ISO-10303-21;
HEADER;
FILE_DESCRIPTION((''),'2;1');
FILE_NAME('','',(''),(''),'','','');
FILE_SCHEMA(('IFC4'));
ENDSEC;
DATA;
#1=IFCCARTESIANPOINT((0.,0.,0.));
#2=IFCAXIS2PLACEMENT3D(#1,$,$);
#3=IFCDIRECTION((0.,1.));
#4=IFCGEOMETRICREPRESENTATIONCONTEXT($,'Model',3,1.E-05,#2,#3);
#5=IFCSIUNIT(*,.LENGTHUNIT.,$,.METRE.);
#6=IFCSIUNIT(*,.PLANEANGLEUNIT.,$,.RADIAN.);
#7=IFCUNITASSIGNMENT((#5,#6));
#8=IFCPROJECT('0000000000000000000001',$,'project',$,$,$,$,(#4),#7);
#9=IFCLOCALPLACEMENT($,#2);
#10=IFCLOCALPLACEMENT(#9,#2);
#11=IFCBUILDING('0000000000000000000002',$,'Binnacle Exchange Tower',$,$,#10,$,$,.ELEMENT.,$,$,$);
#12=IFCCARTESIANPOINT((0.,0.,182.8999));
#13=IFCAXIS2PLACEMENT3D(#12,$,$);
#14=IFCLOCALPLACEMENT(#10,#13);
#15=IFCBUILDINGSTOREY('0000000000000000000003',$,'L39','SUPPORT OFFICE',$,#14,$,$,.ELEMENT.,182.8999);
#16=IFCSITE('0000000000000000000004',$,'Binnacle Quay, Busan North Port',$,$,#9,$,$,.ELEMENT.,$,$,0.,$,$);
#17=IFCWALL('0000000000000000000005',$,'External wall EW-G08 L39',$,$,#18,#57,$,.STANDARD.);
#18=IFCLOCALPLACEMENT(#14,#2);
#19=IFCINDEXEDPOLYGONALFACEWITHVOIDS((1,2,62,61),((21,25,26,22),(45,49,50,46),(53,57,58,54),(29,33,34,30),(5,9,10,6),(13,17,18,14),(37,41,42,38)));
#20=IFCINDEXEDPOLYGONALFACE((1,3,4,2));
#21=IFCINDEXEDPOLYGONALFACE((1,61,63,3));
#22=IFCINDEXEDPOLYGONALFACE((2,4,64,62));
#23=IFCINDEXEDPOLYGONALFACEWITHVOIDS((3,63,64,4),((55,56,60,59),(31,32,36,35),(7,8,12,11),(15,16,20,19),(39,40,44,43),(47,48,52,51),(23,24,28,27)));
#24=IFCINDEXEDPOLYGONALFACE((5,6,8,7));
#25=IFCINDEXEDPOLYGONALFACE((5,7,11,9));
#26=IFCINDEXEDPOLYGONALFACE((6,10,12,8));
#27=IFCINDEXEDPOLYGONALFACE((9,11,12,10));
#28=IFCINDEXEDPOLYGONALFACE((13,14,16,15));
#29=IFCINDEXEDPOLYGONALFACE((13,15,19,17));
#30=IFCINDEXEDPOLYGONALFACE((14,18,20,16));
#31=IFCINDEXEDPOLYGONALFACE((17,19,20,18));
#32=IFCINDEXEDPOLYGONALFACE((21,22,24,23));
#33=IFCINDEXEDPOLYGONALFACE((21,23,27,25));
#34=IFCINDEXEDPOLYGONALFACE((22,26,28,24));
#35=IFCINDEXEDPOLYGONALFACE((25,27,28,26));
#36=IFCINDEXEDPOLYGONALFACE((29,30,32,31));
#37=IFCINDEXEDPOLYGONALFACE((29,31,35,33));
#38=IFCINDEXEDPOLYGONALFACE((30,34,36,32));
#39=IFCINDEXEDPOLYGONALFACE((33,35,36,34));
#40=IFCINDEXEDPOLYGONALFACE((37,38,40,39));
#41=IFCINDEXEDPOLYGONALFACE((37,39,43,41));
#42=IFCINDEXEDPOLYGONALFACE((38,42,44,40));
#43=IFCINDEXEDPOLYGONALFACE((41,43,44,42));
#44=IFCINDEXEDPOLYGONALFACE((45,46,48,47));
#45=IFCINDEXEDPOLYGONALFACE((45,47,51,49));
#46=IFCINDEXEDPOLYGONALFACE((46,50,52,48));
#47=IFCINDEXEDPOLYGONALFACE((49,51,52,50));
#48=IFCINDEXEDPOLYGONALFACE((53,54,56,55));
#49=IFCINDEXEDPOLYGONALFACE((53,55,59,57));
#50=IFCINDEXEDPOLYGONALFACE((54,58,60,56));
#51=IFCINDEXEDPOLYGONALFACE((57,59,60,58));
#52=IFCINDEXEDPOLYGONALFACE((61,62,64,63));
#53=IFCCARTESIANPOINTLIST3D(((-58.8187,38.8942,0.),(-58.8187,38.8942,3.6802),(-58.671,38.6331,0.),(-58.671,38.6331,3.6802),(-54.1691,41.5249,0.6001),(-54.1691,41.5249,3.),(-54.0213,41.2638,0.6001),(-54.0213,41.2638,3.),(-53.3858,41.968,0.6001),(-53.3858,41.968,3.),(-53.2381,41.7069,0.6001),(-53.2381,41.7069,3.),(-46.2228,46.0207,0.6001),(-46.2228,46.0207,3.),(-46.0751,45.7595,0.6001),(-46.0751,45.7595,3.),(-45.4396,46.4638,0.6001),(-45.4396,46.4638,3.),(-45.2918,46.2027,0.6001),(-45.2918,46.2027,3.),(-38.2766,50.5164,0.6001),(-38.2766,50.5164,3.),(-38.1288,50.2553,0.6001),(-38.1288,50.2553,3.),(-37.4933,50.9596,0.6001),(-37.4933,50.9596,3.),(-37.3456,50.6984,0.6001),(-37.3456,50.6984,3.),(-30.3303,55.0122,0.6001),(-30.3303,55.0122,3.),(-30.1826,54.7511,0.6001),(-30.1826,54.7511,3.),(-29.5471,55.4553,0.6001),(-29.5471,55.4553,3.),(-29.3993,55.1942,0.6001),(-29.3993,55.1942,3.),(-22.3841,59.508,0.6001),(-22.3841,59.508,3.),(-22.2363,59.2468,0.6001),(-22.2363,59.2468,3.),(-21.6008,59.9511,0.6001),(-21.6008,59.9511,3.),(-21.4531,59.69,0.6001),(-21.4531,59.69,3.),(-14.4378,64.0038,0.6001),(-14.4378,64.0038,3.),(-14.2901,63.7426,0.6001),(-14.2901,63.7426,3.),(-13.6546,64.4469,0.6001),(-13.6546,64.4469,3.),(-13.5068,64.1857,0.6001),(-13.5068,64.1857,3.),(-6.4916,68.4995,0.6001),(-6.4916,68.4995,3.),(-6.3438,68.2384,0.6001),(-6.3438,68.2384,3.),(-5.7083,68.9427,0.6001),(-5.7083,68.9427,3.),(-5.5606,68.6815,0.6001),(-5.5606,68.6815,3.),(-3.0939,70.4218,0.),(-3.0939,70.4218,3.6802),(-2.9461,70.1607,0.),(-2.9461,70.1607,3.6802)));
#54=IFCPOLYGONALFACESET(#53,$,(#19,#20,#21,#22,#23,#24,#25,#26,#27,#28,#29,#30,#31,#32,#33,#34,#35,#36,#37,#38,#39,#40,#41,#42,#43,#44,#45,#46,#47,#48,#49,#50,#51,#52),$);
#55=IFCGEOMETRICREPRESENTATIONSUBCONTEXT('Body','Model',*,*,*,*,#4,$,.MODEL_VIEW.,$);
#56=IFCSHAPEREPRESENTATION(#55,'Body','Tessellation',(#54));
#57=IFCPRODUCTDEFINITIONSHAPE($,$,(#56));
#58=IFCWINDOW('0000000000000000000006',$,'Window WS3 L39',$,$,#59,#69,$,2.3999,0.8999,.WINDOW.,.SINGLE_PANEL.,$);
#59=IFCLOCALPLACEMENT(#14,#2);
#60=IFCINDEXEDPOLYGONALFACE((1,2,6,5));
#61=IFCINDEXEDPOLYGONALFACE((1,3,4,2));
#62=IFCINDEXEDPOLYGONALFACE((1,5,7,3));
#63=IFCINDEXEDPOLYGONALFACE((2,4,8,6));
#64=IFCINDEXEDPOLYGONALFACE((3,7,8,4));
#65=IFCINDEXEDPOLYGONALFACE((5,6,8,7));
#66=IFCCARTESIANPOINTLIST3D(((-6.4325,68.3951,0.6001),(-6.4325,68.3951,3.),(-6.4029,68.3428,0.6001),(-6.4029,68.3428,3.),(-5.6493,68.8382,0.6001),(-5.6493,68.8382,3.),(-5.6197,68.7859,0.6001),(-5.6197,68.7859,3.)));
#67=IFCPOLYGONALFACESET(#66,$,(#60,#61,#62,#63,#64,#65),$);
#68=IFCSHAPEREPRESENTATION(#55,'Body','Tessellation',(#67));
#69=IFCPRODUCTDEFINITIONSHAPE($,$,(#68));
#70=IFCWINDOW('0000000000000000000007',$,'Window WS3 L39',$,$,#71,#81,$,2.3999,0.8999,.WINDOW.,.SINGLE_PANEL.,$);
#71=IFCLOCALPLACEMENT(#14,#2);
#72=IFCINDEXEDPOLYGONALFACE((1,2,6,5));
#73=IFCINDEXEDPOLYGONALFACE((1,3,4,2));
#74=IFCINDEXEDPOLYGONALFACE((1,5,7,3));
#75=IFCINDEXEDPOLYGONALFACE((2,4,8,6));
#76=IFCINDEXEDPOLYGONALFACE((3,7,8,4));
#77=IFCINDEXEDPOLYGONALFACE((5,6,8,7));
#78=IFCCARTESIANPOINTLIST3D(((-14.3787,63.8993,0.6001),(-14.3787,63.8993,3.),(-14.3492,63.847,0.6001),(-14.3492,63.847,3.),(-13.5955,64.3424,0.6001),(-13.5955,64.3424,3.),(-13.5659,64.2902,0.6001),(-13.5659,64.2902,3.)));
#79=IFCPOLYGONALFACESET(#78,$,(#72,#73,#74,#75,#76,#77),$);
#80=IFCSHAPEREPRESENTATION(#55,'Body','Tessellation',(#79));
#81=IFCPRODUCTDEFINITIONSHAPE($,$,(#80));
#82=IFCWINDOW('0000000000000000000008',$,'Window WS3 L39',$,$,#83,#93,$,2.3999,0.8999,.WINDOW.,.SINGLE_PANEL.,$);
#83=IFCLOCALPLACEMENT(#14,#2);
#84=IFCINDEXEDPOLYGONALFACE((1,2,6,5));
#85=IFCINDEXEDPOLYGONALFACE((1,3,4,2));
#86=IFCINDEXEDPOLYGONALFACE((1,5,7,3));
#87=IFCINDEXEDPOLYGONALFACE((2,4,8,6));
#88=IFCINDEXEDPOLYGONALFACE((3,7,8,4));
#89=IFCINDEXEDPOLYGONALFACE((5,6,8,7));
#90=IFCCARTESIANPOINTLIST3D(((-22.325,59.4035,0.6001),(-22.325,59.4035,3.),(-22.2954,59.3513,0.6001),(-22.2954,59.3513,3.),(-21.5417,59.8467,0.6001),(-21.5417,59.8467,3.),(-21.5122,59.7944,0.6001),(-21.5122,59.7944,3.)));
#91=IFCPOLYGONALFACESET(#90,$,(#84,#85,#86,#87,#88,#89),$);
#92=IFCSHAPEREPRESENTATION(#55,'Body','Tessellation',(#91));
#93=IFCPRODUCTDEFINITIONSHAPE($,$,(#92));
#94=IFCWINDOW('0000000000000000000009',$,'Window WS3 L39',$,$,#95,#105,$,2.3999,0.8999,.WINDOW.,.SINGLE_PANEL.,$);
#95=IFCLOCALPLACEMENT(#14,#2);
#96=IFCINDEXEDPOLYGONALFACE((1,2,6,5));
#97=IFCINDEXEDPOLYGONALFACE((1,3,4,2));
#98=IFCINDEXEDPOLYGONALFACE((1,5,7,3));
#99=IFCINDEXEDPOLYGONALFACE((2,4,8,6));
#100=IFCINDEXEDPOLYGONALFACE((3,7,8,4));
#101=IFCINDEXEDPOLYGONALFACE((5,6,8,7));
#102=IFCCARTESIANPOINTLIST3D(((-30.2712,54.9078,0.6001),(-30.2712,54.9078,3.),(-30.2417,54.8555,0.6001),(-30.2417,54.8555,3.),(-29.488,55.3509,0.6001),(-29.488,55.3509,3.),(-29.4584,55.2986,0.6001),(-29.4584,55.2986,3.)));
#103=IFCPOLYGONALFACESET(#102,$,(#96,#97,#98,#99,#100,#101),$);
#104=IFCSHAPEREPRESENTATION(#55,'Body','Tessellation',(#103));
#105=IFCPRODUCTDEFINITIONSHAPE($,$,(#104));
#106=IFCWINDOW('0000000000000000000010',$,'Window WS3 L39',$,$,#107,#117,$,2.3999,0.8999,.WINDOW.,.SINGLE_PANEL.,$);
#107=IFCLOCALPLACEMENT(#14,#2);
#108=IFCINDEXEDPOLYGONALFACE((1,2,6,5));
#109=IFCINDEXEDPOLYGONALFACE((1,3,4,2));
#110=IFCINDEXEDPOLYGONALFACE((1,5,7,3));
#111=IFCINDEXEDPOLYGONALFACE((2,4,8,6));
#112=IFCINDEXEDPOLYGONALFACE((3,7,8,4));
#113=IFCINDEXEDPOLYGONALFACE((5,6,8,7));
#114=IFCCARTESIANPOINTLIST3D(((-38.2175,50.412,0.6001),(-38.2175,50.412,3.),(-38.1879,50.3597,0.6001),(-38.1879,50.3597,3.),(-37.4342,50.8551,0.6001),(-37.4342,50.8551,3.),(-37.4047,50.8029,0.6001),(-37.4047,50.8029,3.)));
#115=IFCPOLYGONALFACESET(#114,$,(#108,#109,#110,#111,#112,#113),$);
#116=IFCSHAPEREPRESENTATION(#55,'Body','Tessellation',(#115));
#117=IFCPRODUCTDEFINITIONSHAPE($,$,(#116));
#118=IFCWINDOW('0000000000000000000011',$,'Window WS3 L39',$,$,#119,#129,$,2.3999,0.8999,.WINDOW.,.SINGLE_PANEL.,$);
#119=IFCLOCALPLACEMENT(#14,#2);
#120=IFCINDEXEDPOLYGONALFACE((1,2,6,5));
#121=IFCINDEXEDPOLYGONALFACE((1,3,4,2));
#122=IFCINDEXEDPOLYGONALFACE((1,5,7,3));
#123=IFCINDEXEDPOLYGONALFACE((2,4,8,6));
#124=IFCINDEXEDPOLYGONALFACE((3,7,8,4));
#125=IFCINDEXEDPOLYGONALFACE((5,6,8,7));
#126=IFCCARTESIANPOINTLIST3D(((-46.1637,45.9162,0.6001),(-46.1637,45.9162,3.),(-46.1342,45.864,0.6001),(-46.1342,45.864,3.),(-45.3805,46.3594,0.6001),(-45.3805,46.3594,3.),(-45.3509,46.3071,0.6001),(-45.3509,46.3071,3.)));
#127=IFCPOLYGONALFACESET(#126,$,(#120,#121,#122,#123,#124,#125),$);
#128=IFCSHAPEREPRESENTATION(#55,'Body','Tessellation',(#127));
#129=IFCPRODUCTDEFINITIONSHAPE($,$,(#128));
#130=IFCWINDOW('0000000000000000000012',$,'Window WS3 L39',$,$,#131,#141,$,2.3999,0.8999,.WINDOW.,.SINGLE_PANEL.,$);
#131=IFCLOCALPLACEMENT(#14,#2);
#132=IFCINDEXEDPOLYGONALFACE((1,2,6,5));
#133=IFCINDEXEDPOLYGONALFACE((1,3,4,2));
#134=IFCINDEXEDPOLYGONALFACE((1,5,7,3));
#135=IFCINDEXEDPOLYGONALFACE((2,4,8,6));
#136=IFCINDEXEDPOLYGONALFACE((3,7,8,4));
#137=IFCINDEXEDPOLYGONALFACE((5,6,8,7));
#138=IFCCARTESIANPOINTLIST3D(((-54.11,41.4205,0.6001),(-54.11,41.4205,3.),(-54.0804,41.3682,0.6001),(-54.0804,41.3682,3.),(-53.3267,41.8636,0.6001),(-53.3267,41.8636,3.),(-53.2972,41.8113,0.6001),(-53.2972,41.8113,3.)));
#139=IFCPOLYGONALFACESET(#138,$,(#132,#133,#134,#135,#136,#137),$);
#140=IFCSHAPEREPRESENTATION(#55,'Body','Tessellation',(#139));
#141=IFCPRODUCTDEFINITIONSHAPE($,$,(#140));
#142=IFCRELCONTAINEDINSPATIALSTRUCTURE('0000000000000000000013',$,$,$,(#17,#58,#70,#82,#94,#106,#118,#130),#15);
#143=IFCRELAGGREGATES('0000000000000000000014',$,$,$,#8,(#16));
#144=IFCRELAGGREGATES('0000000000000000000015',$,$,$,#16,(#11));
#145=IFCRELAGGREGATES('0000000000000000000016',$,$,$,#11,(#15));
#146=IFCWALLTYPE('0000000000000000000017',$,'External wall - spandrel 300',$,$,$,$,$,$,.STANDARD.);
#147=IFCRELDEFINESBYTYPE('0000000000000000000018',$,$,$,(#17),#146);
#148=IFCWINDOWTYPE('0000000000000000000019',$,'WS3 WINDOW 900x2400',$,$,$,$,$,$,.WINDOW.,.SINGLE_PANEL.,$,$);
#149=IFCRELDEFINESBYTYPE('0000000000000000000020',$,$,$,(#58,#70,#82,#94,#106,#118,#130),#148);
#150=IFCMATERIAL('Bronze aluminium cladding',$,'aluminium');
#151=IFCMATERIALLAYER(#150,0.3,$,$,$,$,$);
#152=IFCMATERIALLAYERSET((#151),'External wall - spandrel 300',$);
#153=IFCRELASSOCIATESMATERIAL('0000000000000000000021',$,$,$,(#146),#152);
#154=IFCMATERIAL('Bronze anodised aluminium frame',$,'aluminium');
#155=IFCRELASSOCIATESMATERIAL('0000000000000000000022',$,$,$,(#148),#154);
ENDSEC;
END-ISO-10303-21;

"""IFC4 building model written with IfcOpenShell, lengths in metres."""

from ifc_helpers import new_model, si_unit, direction, frame, frame_2d, origin, place, context, subcontext, project, spatial, rectangle, extrude, material, layer, layer_set, type_object, element, fill, save


model = new_model("IFC4")

# Units and contexts
model_context = context("Model", 3, precision=1e-05, world=origin(), true_north=direction((0.0, 1.0)))
body_context = subcontext(model_context, "Body", "Model", "MODEL_VIEW")
ifc_project = project(units=[si_unit("LENGTHUNIT", "METRE"), si_unit("PLANEANGLEUNIT", "RADIAN")], contexts=[model_context])

# Site, building, storey
site_placement = place(None, origin())
site = spatial("IfcSite", under=ifc_project, at=site_placement, Name="Binnacle Quay, Busan North Port", CompositionType="ELEMENT", RefElevation=0.0)
building_placement = place(site_placement, origin())
building = spatial("IfcBuilding", under=site, at=building_placement, Name="Binnacle Exchange Tower", CompositionType="ELEMENT")
storey_placement = place(building_placement, frame((0.0, 0.0, 182.8999)))
storey = spatial("IfcBuildingStorey", under=building, at=storey_placement, Name="L39", Description="SUPPORT OFFICE", CompositionType="ELEMENT", Elevation=182.8999)

# Wall, openings, windows
ifc_material_1 = material(Name="Bronze aluminium cladding", Category="aluminium")
ifc_layer_1 = layer(ifc_material_1, 0.3)
ifc_layer_set_1 = layer_set([ifc_layer_1], Name="External wall - spandrel 300")
wall_type_1 = type_object("IfcWallType", Name="External wall - spandrel 300", PredefinedType="STANDARD", material=ifc_layer_set_1)
wall_1_placement = place(storey_placement, frame((-58.7449, 38.7637, 0.0), z_axis=(0.0, 0.0, 1.0), x_axis=(0.870356, 0.492423, 0.0)))
wall_1 = element("IfcWall", 1, at=wall_1_placement, inside=storey, type_object=wall_type_1, Name="External wall EW-G08 L39", PredefinedType="STANDARD", context=body_context, shape_type="SweptSolid", body=[
    extrude(rectangle(XDim=64.0254, YDim=0.3, at=frame_2d((32.0127, 0.0))), origin(), (0.0, 0.0, 1.0), 3.6802),
])
opening_1_placement = place(wall_1_placement, frame((60.1216, 0.0, 0.6001)))
opening_1 = element("IfcOpeningElement", 2, at=opening_1_placement, cuts=wall_1, PredefinedType="OPENING", context=body_context, shape_type="SweptSolid", body=[
    extrude(rectangle(XDim=0.8999, YDim=2.3999, at=frame_2d((0.45, 1.2))), frame((0.0, 0.1599, 0.0), z_axis=(0.0, -1.0, 0.0), x_axis=(1.0, 0.0, 0.0)), (0.0, 0.0, 1.0), 0.3201),
])
opening_2_placement = place(wall_1_placement, frame((50.9917, 0.0, 0.6001)))
opening_2 = element("IfcOpeningElement", 3, at=opening_2_placement, cuts=wall_1, PredefinedType="OPENING", context=body_context, shape_type="SweptSolid", body=[
    extrude(rectangle(XDim=0.8999, YDim=2.3999, at=frame_2d((0.45, 1.2))), frame((0.0, 0.1599, 0.0), z_axis=(0.0, -1.0, 0.0), x_axis=(1.0, 0.0, 0.0)), (0.0, 0.0, 1.0), 0.3201),
])
opening_3_placement = place(wall_1_placement, frame((41.8618, 0.0, 0.6001)))
opening_3 = element("IfcOpeningElement", 4, at=opening_3_placement, cuts=wall_1, PredefinedType="OPENING", context=body_context, shape_type="SweptSolid", body=[
    extrude(rectangle(XDim=0.8999, YDim=2.3999, at=frame_2d((0.45, 1.2))), frame((0.0, 0.1599, 0.0), z_axis=(0.0, -1.0, 0.0), x_axis=(1.0, 0.0, 0.0)), (0.0, 0.0, 1.0), 0.3201),
])
opening_4_placement = place(wall_1_placement, frame((32.7319, 0.0, 0.6001)))
opening_4 = element("IfcOpeningElement", 5, at=opening_4_placement, cuts=wall_1, PredefinedType="OPENING", context=body_context, shape_type="SweptSolid", body=[
    extrude(rectangle(XDim=0.8999, YDim=2.3999, at=frame_2d((0.45, 1.2))), frame((0.0, 0.1599, 0.0), z_axis=(0.0, -1.0, 0.0), x_axis=(1.0, 0.0, 0.0)), (0.0, 0.0, 1.0), 0.3201),
])
opening_5_placement = place(wall_1_placement, frame((23.6021, 0.0, 0.6001)))
opening_5 = element("IfcOpeningElement", 6, at=opening_5_placement, cuts=wall_1, PredefinedType="OPENING", context=body_context, shape_type="SweptSolid", body=[
    extrude(rectangle(XDim=0.8999, YDim=2.3999, at=frame_2d((0.45, 1.2))), frame((0.0, 0.1599, 0.0), z_axis=(0.0, -1.0, 0.0), x_axis=(1.0, 0.0, 0.0)), (0.0, 0.0, 1.0), 0.3201),
])
opening_6_placement = place(wall_1_placement, frame((14.4722, 0.0, 0.6001)))
opening_6 = element("IfcOpeningElement", 7, at=opening_6_placement, cuts=wall_1, PredefinedType="OPENING", context=body_context, shape_type="SweptSolid", body=[
    extrude(rectangle(XDim=0.8999, YDim=2.3999, at=frame_2d((0.45, 1.2))), frame((0.0, 0.1599, 0.0), z_axis=(0.0, -1.0, 0.0), x_axis=(1.0, 0.0, 0.0)), (0.0, 0.0, 1.0), 0.3201),
])
opening_7_placement = place(wall_1_placement, frame((5.3423, 0.0, 0.6001)))
opening_7 = element("IfcOpeningElement", 8, at=opening_7_placement, cuts=wall_1, PredefinedType="OPENING", context=body_context, shape_type="SweptSolid", body=[
    extrude(rectangle(XDim=0.8999, YDim=2.3999, at=frame_2d((0.45, 1.2))), frame((0.0, 0.1599, 0.0), z_axis=(0.0, -1.0, 0.0), x_axis=(1.0, 0.0, 0.0)), (0.0, 0.0, 1.0), 0.3201),
])
ifc_material_2 = material(Name="Bronze anodised aluminium frame", Category="aluminium")
window_type = type_object("IfcWindowType", Name="WS3 WINDOW 900x2400", PartitioningType="SINGLE_PANEL", PredefinedType="WINDOW", material=ifc_material_2)
window_1_placement = place(opening_1_placement, origin())
window_1 = element("IfcWindow", 9, at=window_1_placement, inside=storey, type_object=window_type, Name="Window WS3 L39", OverallHeight=2.3999, OverallWidth=0.8999, PartitioningType="SINGLE_PANEL", PredefinedType="WINDOW", context=body_context, shape_type="SweptSolid", body=[
    extrude(rectangle(XDim=0.8999, YDim=2.3999, at=frame_2d((0.45, 1.2))), frame((0.0, 0.03, 0.0), z_axis=(0.0, -1.0, 0.0), x_axis=(1.0, 0.0, 0.0)), (0.0, 0.0, 1.0), 0.0601),
])
fill(opening_1, window_1)
window_2_placement = place(opening_2_placement, origin())
window_2 = element("IfcWindow", 10, at=window_2_placement, inside=storey, type_object=window_type, Name="Window WS3 L39", OverallHeight=2.3999, OverallWidth=0.8999, PartitioningType="SINGLE_PANEL", PredefinedType="WINDOW", context=body_context, shape_type="SweptSolid", body=[
    extrude(rectangle(XDim=0.8999, YDim=2.3999, at=frame_2d((0.45, 1.2))), frame((0.0, 0.03, 0.0), z_axis=(0.0, -1.0, 0.0), x_axis=(1.0, 0.0, 0.0)), (0.0, 0.0, 1.0), 0.0601),
])
fill(opening_2, window_2)
window_3_placement = place(opening_3_placement, origin())
window_3 = element("IfcWindow", 11, at=window_3_placement, inside=storey, type_object=window_type, Name="Window WS3 L39", OverallHeight=2.3999, OverallWidth=0.8999, PartitioningType="SINGLE_PANEL", PredefinedType="WINDOW", context=body_context, shape_type="SweptSolid", body=[
    extrude(rectangle(XDim=0.8999, YDim=2.3999, at=frame_2d((0.45, 1.2))), frame((0.0, 0.03, 0.0), z_axis=(0.0, -1.0, 0.0), x_axis=(1.0, 0.0, 0.0)), (0.0, 0.0, 1.0), 0.0601),
])
fill(opening_3, window_3)
window_4_placement = place(opening_4_placement, origin())
window_4 = element("IfcWindow", 12, at=window_4_placement, inside=storey, type_object=window_type, Name="Window WS3 L39", OverallHeight=2.3999, OverallWidth=0.8999, PartitioningType="SINGLE_PANEL", PredefinedType="WINDOW", context=body_context, shape_type="SweptSolid", body=[
    extrude(rectangle(XDim=0.8999, YDim=2.3999, at=frame_2d((0.45, 1.2))), frame((0.0, 0.03, 0.0), z_axis=(0.0, -1.0, 0.0), x_axis=(1.0, 0.0, 0.0)), (0.0, 0.0, 1.0), 0.0601),
])
fill(opening_4, window_4)
window_5_placement = place(opening_5_placement, origin())
window_5 = element("IfcWindow", 13, at=window_5_placement, inside=storey, type_object=window_type, Name="Window WS3 L39", OverallHeight=2.3999, OverallWidth=0.8999, PartitioningType="SINGLE_PANEL", PredefinedType="WINDOW", context=body_context, shape_type="SweptSolid", body=[
    extrude(rectangle(XDim=0.8999, YDim=2.3999, at=frame_2d((0.45, 1.2))), frame((0.0, 0.03, 0.0), z_axis=(0.0, -1.0, 0.0), x_axis=(1.0, 0.0, 0.0)), (0.0, 0.0, 1.0), 0.0601),
])
fill(opening_5, window_5)
window_6_placement = place(opening_6_placement, origin())
window_6 = element("IfcWindow", 14, at=window_6_placement, inside=storey, type_object=window_type, Name="Window WS3 L39", OverallHeight=2.3999, OverallWidth=0.8999, PartitioningType="SINGLE_PANEL", PredefinedType="WINDOW", context=body_context, shape_type="SweptSolid", body=[
    extrude(rectangle(XDim=0.8999, YDim=2.3999, at=frame_2d((0.45, 1.2))), frame((0.0, 0.03, 0.0), z_axis=(0.0, -1.0, 0.0), x_axis=(1.0, 0.0, 0.0)), (0.0, 0.0, 1.0), 0.0601),
])
fill(opening_6, window_6)
window_7_placement = place(opening_7_placement, origin())
window_7 = element("IfcWindow", 15, at=window_7_placement, inside=storey, type_object=window_type, Name="Window WS3 L39", OverallHeight=2.3999, OverallWidth=0.8999, PartitioningType="SINGLE_PANEL", PredefinedType="WINDOW", context=body_context, shape_type="SweptSolid", body=[
    extrude(rectangle(XDim=0.8999, YDim=2.3999, at=frame_2d((0.45, 1.2))), frame((0.0, 0.03, 0.0), z_axis=(0.0, -1.0, 0.0), x_axis=(1.0, 0.0, 0.0)), (0.0, 0.0, 1.0), 0.0601),
])
fill(opening_7, window_7)

save(model, "model.ifc")
